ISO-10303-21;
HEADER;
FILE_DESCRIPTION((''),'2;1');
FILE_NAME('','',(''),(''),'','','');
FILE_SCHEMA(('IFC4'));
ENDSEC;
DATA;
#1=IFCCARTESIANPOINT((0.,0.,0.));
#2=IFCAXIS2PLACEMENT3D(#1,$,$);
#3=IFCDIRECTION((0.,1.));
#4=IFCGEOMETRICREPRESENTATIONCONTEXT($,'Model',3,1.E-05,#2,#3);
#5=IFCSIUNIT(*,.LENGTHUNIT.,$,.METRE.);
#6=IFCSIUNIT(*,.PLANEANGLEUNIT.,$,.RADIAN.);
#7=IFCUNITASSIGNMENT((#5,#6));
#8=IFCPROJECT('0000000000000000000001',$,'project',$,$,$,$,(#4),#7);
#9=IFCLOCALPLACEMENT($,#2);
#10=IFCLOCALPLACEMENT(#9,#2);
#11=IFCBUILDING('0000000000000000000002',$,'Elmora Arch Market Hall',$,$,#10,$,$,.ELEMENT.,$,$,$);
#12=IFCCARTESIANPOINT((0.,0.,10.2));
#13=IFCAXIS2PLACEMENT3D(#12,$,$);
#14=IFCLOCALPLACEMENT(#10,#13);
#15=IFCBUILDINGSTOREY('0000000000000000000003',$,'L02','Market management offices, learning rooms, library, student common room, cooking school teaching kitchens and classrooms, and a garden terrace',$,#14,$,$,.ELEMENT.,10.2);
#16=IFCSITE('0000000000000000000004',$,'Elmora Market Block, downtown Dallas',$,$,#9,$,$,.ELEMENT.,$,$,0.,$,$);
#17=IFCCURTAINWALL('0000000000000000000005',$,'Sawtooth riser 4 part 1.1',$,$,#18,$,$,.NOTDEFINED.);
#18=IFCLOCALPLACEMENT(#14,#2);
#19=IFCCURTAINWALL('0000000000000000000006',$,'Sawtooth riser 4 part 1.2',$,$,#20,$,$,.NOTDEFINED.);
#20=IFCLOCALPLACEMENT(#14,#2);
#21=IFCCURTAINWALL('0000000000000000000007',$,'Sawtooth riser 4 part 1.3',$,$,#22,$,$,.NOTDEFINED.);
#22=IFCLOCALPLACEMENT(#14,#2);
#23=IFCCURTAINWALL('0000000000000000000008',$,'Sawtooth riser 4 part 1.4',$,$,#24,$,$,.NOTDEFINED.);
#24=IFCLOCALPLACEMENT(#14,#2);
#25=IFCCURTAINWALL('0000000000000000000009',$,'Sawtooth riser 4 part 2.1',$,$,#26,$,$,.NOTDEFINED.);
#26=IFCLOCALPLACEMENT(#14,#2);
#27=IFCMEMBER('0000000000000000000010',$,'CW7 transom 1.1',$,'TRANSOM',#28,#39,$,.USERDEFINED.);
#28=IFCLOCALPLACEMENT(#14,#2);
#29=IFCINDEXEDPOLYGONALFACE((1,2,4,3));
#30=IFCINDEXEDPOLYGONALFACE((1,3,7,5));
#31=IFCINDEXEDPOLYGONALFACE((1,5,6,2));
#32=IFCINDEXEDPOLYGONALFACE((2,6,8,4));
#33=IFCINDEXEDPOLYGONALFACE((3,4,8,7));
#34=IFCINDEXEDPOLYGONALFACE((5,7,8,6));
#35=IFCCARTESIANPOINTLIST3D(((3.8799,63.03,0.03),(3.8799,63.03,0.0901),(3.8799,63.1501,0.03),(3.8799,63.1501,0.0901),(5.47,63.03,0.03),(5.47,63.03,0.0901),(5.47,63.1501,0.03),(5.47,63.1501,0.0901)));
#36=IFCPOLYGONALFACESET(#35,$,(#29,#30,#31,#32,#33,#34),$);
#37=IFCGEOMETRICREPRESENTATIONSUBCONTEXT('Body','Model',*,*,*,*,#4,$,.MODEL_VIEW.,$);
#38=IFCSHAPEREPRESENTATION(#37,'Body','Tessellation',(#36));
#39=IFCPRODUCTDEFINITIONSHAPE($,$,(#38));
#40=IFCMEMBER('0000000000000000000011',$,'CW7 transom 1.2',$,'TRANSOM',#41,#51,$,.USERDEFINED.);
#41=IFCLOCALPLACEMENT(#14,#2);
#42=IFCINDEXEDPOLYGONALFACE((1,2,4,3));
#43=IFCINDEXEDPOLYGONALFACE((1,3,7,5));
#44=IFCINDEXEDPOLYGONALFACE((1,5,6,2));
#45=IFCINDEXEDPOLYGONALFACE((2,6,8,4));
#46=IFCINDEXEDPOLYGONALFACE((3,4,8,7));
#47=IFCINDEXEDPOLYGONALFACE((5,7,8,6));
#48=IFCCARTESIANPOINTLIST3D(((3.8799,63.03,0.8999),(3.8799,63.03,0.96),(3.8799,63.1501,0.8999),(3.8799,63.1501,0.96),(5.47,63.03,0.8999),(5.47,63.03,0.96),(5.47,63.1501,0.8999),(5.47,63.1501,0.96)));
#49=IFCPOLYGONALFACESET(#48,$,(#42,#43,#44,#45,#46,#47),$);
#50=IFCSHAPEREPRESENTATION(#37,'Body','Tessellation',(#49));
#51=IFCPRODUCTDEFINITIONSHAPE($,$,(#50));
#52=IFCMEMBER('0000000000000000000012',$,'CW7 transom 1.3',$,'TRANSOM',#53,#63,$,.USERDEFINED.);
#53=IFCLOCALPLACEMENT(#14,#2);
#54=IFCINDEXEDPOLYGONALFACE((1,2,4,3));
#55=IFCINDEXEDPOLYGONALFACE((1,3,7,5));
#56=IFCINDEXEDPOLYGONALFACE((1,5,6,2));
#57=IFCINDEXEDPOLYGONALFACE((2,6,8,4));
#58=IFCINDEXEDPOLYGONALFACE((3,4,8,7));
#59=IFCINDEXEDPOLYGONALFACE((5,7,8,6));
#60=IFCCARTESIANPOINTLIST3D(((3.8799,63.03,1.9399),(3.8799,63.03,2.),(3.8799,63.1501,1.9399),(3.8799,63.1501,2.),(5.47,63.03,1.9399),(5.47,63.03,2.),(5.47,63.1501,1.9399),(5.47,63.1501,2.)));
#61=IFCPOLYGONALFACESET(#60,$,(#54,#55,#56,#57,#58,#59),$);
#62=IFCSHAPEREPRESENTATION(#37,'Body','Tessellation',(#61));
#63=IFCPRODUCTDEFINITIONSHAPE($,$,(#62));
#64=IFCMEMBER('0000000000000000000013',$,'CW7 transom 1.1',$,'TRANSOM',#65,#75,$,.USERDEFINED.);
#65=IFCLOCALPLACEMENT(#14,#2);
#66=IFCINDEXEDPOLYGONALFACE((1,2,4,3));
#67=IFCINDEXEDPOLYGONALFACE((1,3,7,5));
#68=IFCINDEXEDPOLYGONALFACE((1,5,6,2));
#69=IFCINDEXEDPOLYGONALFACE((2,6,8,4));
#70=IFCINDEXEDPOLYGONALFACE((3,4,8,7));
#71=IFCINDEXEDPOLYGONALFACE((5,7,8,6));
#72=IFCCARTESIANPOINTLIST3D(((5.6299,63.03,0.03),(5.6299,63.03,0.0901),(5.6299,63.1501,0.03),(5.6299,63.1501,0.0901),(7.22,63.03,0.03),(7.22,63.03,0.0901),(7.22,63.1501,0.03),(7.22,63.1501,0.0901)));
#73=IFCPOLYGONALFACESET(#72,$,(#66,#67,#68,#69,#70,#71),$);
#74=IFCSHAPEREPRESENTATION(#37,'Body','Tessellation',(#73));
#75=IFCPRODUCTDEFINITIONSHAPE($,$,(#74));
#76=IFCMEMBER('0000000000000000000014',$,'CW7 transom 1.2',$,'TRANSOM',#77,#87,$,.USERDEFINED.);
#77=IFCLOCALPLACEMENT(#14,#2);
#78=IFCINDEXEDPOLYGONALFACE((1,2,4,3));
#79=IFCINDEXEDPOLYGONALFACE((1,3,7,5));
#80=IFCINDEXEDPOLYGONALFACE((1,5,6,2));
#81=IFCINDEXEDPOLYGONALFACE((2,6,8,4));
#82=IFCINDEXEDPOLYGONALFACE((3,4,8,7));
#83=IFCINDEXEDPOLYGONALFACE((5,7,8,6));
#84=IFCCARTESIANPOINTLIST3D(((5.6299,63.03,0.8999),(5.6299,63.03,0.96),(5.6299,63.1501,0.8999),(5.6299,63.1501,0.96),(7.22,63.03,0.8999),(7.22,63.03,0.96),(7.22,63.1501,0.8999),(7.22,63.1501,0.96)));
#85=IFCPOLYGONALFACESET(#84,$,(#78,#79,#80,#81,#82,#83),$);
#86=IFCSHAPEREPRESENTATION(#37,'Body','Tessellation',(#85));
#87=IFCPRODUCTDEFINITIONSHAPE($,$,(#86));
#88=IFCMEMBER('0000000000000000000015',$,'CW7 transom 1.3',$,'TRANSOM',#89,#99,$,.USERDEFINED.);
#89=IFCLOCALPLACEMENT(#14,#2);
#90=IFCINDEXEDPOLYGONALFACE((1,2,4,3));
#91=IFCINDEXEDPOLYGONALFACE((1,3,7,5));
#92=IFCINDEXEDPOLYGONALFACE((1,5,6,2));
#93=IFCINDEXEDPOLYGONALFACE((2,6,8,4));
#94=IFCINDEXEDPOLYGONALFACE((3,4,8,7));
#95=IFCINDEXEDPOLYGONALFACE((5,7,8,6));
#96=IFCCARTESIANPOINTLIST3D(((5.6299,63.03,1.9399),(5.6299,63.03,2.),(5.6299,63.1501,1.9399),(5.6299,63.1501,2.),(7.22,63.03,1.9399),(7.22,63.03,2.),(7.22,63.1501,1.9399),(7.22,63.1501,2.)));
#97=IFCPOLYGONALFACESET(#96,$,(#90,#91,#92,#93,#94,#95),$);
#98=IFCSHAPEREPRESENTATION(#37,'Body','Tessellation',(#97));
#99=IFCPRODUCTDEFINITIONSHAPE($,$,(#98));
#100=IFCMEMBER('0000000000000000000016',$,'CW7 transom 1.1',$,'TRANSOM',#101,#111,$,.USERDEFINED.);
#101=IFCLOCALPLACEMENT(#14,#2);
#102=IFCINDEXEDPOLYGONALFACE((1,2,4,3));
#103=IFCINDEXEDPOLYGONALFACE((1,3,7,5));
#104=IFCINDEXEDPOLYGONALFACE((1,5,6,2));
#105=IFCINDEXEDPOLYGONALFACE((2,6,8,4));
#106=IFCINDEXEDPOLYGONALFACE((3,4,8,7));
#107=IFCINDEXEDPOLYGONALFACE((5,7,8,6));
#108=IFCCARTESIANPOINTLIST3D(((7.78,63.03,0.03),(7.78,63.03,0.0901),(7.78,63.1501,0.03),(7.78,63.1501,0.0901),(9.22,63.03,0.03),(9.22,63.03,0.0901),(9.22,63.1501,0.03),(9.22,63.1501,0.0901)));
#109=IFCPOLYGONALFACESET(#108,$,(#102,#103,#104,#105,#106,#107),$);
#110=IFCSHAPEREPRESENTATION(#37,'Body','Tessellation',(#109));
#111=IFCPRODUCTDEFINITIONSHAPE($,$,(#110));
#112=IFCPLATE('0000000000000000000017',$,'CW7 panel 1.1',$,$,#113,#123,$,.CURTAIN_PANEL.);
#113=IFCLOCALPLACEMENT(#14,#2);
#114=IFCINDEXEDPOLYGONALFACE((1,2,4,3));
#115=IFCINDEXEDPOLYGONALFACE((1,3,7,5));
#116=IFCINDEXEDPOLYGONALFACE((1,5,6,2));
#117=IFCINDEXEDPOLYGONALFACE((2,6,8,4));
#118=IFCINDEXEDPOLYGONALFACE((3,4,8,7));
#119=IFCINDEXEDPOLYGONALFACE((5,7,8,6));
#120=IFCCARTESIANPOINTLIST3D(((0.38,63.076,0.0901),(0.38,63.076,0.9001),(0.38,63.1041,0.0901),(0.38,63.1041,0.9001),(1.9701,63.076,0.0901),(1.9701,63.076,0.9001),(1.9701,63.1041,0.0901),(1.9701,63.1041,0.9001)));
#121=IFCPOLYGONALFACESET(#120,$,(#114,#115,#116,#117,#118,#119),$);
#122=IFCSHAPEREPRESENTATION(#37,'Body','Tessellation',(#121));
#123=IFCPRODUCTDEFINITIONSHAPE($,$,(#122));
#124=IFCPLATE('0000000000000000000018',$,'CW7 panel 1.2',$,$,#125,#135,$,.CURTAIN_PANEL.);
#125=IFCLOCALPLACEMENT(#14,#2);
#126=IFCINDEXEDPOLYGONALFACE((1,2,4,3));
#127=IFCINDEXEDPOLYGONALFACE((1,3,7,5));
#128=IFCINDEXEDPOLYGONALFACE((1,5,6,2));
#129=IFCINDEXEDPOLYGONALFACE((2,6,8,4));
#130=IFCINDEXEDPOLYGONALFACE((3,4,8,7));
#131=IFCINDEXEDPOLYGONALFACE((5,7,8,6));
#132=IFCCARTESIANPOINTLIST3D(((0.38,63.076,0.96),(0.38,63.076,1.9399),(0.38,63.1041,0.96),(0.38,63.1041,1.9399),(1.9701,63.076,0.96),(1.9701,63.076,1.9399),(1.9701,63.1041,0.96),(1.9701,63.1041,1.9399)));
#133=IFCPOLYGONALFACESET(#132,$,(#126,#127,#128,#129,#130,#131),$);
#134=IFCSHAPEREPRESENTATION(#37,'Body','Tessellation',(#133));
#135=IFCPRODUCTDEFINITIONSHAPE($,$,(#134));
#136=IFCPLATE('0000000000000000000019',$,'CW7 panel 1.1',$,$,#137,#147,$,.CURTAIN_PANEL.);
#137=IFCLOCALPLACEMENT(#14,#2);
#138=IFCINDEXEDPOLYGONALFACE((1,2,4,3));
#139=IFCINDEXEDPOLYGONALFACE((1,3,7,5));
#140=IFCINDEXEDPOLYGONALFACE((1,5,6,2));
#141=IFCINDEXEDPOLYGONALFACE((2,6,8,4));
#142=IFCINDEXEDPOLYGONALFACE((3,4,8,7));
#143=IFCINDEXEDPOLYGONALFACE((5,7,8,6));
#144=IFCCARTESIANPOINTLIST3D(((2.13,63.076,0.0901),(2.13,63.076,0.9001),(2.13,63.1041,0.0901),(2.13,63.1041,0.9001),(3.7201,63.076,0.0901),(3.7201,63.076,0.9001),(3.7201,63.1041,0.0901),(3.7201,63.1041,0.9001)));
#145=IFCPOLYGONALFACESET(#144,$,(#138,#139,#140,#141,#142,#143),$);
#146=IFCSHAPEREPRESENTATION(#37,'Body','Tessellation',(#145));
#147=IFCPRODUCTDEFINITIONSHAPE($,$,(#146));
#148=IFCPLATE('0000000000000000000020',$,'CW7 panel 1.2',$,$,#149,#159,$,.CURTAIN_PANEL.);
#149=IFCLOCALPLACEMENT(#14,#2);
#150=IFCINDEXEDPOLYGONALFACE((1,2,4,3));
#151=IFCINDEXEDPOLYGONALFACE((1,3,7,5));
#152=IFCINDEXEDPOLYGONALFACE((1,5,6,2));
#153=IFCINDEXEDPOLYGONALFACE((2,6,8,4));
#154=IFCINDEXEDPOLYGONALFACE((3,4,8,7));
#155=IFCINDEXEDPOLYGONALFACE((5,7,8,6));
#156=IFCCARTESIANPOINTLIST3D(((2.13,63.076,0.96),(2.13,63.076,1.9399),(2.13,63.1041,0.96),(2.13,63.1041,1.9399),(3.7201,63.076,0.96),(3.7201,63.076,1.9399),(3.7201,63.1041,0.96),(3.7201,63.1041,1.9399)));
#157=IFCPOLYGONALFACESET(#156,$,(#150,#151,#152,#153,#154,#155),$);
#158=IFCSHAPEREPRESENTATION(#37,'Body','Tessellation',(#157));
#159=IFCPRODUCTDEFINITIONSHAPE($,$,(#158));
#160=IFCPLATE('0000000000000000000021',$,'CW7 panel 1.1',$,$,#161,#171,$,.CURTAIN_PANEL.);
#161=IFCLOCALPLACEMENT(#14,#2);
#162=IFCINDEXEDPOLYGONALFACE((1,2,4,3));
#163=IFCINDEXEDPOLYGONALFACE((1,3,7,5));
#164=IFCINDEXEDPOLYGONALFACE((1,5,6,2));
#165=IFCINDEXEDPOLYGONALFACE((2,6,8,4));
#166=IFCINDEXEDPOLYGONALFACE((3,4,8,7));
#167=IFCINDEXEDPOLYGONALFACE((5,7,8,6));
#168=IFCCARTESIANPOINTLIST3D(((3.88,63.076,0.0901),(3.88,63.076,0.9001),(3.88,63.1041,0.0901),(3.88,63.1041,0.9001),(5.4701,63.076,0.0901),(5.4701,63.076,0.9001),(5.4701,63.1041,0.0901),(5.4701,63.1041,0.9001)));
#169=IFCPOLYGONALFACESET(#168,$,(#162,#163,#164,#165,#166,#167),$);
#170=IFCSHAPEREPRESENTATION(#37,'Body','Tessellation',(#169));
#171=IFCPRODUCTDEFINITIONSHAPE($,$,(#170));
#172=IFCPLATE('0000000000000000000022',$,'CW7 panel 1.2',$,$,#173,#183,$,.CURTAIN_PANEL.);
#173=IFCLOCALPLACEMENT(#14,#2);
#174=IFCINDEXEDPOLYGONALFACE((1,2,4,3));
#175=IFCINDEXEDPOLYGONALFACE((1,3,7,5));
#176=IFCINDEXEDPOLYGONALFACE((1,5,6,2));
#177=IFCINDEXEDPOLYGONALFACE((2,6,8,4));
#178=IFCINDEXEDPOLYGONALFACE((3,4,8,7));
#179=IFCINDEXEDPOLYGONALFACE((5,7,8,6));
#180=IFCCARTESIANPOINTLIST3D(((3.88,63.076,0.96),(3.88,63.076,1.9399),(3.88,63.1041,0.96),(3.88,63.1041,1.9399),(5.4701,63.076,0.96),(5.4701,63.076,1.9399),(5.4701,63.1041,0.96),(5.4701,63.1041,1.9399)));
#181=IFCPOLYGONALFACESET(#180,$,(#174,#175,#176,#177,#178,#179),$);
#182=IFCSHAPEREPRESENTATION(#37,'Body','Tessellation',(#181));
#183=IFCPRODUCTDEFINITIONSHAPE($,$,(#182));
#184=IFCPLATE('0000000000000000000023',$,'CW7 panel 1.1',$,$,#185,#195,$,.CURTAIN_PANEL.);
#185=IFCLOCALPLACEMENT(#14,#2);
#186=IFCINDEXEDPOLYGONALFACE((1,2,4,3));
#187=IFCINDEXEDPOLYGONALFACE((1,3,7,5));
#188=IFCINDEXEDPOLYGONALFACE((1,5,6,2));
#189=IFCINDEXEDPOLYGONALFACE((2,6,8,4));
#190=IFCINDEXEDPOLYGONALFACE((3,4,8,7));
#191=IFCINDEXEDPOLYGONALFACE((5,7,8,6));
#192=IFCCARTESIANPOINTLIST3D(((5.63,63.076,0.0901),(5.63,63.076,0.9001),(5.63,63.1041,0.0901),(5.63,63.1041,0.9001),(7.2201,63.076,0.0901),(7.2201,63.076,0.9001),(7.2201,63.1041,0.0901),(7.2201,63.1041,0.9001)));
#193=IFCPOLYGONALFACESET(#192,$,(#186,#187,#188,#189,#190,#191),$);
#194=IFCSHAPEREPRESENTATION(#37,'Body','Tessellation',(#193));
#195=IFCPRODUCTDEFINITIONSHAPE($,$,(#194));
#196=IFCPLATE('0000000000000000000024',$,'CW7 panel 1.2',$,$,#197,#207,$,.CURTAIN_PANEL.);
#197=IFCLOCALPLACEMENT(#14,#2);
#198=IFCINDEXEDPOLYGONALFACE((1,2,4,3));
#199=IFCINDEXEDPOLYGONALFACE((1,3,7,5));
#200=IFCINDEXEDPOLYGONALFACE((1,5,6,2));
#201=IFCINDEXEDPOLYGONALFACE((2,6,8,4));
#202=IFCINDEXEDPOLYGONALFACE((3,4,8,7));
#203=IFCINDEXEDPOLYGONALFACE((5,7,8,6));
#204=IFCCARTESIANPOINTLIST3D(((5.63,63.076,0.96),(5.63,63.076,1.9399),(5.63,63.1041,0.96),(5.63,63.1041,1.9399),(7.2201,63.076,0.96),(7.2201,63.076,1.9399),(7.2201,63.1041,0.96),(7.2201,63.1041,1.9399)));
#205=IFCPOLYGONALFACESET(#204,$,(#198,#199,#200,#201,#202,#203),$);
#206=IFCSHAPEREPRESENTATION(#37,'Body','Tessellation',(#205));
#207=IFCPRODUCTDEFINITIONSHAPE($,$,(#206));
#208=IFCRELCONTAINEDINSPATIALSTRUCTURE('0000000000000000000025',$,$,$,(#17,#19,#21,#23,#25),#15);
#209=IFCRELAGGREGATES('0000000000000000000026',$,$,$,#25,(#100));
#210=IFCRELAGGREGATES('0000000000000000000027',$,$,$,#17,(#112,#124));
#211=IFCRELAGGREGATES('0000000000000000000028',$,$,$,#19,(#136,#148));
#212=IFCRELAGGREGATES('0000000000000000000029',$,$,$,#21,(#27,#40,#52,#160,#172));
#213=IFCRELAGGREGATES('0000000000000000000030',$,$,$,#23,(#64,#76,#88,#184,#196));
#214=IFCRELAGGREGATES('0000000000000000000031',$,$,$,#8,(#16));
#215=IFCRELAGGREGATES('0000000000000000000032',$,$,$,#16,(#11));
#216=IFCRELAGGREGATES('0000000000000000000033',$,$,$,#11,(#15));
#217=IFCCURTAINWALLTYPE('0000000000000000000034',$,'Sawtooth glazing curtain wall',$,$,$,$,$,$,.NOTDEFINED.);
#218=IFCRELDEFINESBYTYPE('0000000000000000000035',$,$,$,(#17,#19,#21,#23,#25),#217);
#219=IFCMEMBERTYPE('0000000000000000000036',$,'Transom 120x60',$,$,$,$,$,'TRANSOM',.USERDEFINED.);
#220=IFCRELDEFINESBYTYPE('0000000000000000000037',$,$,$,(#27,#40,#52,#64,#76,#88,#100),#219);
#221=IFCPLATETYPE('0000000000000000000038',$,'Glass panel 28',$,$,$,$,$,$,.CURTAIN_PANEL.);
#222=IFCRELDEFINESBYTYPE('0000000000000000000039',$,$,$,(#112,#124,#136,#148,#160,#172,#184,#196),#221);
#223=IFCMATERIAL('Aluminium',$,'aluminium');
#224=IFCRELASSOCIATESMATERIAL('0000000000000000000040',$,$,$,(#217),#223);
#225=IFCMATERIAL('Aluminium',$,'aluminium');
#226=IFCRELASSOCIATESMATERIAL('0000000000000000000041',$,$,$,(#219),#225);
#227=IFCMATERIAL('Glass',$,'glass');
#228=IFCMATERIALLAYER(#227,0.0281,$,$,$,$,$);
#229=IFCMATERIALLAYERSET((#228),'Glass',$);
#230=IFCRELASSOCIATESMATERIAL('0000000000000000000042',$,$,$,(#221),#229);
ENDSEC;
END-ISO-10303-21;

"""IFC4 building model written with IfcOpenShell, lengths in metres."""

from ifc_helpers import new_model, si_unit, direction, frame, origin, origin_2d, place, context, subcontext, project, spatial, rectangle, extrude, material, layer, layer_set, material_profile, profile_set, type_object, element, aggregate, save


model = new_model("IFC4")

# Units and contexts
model_context = context("Model", 3, precision=1e-05, world=origin(), true_north=direction((0.0, 1.0)))
body_context = subcontext(model_context, "Body", "Model", "MODEL_VIEW")
ifc_project = project(units=[si_unit("LENGTHUNIT", "METRE"), si_unit("PLANEANGLEUNIT", "RADIAN")], contexts=[model_context])

# Site, building, storey
site_placement = place(None, origin())
site = spatial("IfcSite", under=ifc_project, at=site_placement, Name="Elmora Market Block, downtown Dallas", CompositionType="ELEMENT", RefElevation=0.0)
building_placement = place(site_placement, origin())
building = spatial("IfcBuilding", under=site, at=building_placement, Name="Elmora Arch Market Hall", CompositionType="ELEMENT")
storey_placement = place(building_placement, frame((0.0, 0.0, 10.2)))
storey = spatial("IfcBuildingStorey", under=building, at=storey_placement, Name="L02", Description="Market management offices, learning rooms, library, student common room, cooking school teaching kitchens and classrooms, and a garden terrace", CompositionType="ELEMENT", Elevation=10.2)

# Curtain wall
ifc_material_1 = material(Name="Aluminium", Category="aluminium")
curtain_wall_type = type_object("IfcCurtainWallType", Name="Sawtooth glazing curtain wall", PredefinedType="NOTDEFINED", material=ifc_material_1)
curtain_wall_1_placement = place(storey_placement, origin())
curtain_wall_1 = element("IfcCurtainWall", 1, at=curtain_wall_1_placement, inside=storey, type_object=curtain_wall_type, Name="Sawtooth riser 4 part 1.1", PredefinedType="NOTDEFINED")

# Curtain walls
curtain_wall_2_placement = place(storey_placement, origin())
curtain_wall_2 = element("IfcCurtainWall", 2, at=curtain_wall_2_placement, inside=storey, type_object=curtain_wall_type, Name="Sawtooth riser 4 part 1.2", PredefinedType="NOTDEFINED")
curtain_wall_3_placement = place(storey_placement, origin())
curtain_wall_3 = element("IfcCurtainWall", 3, at=curtain_wall_3_placement, inside=storey, type_object=curtain_wall_type, Name="Sawtooth riser 4 part 1.3", PredefinedType="NOTDEFINED")
curtain_wall_4_placement = place(storey_placement, origin())
curtain_wall_4 = element("IfcCurtainWall", 4, at=curtain_wall_4_placement, inside=storey, type_object=curtain_wall_type, Name="Sawtooth riser 4 part 1.4", PredefinedType="NOTDEFINED")

# Curtain wall
curtain_wall_5_placement = place(storey_placement, origin())
curtain_wall_5 = element("IfcCurtainWall", 5, at=curtain_wall_5_placement, inside=storey, type_object=curtain_wall_type, Name="Sawtooth riser 4 part 2.1", PredefinedType="NOTDEFINED")

# Members
ifc_material_2 = material(Name="Aluminium", Category="aluminium")
ifc_material_profile_1 = material_profile(ifc_material_2, rectangle(XDim=0.1201, YDim=0.0601, at=origin_2d()), Name="AL 120x60")
ifc_profile_set_1 = profile_set([ifc_material_profile_1], Name="Aluminium")
member_type_1 = type_object("IfcMemberType", Name="Transom 120x60", ElementType="TRANSOM", PredefinedType="USERDEFINED", material=ifc_profile_set_1)
member_1_placement = place(storey_placement, frame((3.8799, 63.0901, 0.0601), z_axis=(1.0, 0.0, 0.0), x_axis=(0.0, 1.0, 0.0)))
member_1 = element("IfcMember", 6, at=member_1_placement, type_object=member_type_1, Name="CW7 transom 1.1", ObjectType="TRANSOM", PredefinedType="USERDEFINED", context=body_context, shape_type="SweptSolid", body=[
    extrude(rectangle(XDim=0.1201, YDim=0.0601, at=origin_2d()), origin(), (0.0, 0.0, 1.0), 1.5901),
])
member_2_placement = place(storey_placement, frame((3.8799, 63.0901, 0.9299), z_axis=(1.0, 0.0, 0.0), x_axis=(0.0, 1.0, 0.0)))
member_2 = element("IfcMember", 7, at=member_2_placement, type_object=member_type_1, Name="CW7 transom 1.2", ObjectType="TRANSOM", PredefinedType="USERDEFINED", context=body_context, shape_type="SweptSolid", body=[
    extrude(rectangle(XDim=0.1201, YDim=0.0601, at=origin_2d()), origin(), (0.0, 0.0, 1.0), 1.5901),
])
member_3_placement = place(storey_placement, frame((3.8799, 63.0901, 1.97), z_axis=(1.0, 0.0, 0.0), x_axis=(0.0, 1.0, 0.0)))
member_3 = element("IfcMember", 8, at=member_3_placement, type_object=member_type_1, Name="CW7 transom 1.3", ObjectType="TRANSOM", PredefinedType="USERDEFINED", context=body_context, shape_type="SweptSolid", body=[
    extrude(rectangle(XDim=0.1201, YDim=0.0601, at=origin_2d()), origin(), (0.0, 0.0, 1.0), 1.5901),
])
member_4_placement = place(storey_placement, frame((5.6299, 63.0901, 0.0601), z_axis=(1.0, 0.0, 0.0), x_axis=(0.0, 1.0, 0.0)))
member_4 = element("IfcMember", 9, at=member_4_placement, type_object=member_type_1, Name="CW7 transom 1.1", ObjectType="TRANSOM", PredefinedType="USERDEFINED", context=body_context, shape_type="SweptSolid", body=[
    extrude(rectangle(XDim=0.1201, YDim=0.0601, at=origin_2d()), origin(), (0.0, 0.0, 1.0), 1.5901),
])
member_5_placement = place(storey_placement, frame((5.6299, 63.0901, 0.9299), z_axis=(1.0, 0.0, 0.0), x_axis=(0.0, 1.0, 0.0)))
member_5 = element("IfcMember", 10, at=member_5_placement, type_object=member_type_1, Name="CW7 transom 1.2", ObjectType="TRANSOM", PredefinedType="USERDEFINED", context=body_context, shape_type="SweptSolid", body=[
    extrude(rectangle(XDim=0.1201, YDim=0.0601, at=origin_2d()), origin(), (0.0, 0.0, 1.0), 1.5901),
])
member_6_placement = place(storey_placement, frame((5.6299, 63.0901, 1.97), z_axis=(1.0, 0.0, 0.0), x_axis=(0.0, 1.0, 0.0)))
member_6 = element("IfcMember", 11, at=member_6_placement, type_object=member_type_1, Name="CW7 transom 1.3", ObjectType="TRANSOM", PredefinedType="USERDEFINED", context=body_context, shape_type="SweptSolid", body=[
    extrude(rectangle(XDim=0.1201, YDim=0.0601, at=origin_2d()), origin(), (0.0, 0.0, 1.0), 1.5901),
])
member_7_placement = place(storey_placement, frame((7.78, 63.0901, 0.0601), z_axis=(1.0, 0.0, 0.0), x_axis=(0.0, 1.0, 0.0)))
member_7 = element("IfcMember", 12, at=member_7_placement, type_object=member_type_1, Name="CW7 transom 1.1", ObjectType="TRANSOM", PredefinedType="USERDEFINED", context=body_context, shape_type="SweptSolid", body=[
    extrude(rectangle(XDim=0.1201, YDim=0.0601, at=origin_2d()), origin(), (0.0, 0.0, 1.0), 1.4399),
])
aggregate(curtain_wall_5, [member_7])

# Plates
ifc_material_3 = material(Name="Glass", Category="glass")
ifc_layer_1 = layer(ifc_material_3, 0.0281)
ifc_layer_set_1 = layer_set([ifc_layer_1], Name="Glass")
plate_type = type_object("IfcPlateType", Name="Glass panel 28", PredefinedType="CURTAIN_PANEL", material=ifc_layer_set_1)
plate_1_placement = place(storey_placement, frame((1.175, 63.0901, 0.0901), z_axis=(0.0, 0.0, 1.0), x_axis=(1.0, 0.0, 0.0)))
plate_1 = element("IfcPlate", 13, at=plate_1_placement, type_object=plate_type, Name="CW7 panel 1.1", PredefinedType="CURTAIN_PANEL", context=body_context, shape_type="SweptSolid", body=[
    extrude(rectangle(XDim=1.5901, YDim=0.0281, at=origin_2d()), origin(), (0.0, 0.0, 1.0), 0.8101),
])
plate_2_placement = place(storey_placement, frame((1.175, 63.0901, 0.96), z_axis=(0.0, 0.0, 1.0), x_axis=(1.0, 0.0, 0.0)))
plate_2 = element("IfcPlate", 14, at=plate_2_placement, type_object=plate_type, Name="CW7 panel 1.2", PredefinedType="CURTAIN_PANEL", context=body_context, shape_type="SweptSolid", body=[
    extrude(rectangle(XDim=1.5901, YDim=0.0281, at=origin_2d()), origin(), (0.0, 0.0, 1.0), 0.98),
])
aggregate(curtain_wall_1, [plate_1, plate_2])
plate_3_placement = place(storey_placement, frame((2.925, 63.0901, 0.0901), z_axis=(0.0, 0.0, 1.0), x_axis=(1.0, 0.0, 0.0)))
plate_3 = element("IfcPlate", 15, at=plate_3_placement, type_object=plate_type, Name="CW7 panel 1.1", PredefinedType="CURTAIN_PANEL", context=body_context, shape_type="SweptSolid", body=[
    extrude(rectangle(XDim=1.5901, YDim=0.0281, at=origin_2d()), origin(), (0.0, 0.0, 1.0), 0.8101),
])
plate_4_placement = place(storey_placement, frame((2.925, 63.0901, 0.96), z_axis=(0.0, 0.0, 1.0), x_axis=(1.0, 0.0, 0.0)))
plate_4 = element("IfcPlate", 16, at=plate_4_placement, type_object=plate_type, Name="CW7 panel 1.2", PredefinedType="CURTAIN_PANEL", context=body_context, shape_type="SweptSolid", body=[
    extrude(rectangle(XDim=1.5901, YDim=0.0281, at=origin_2d()), origin(), (0.0, 0.0, 1.0), 0.98),
])
aggregate(curtain_wall_2, [plate_3, plate_4])
plate_5_placement = place(storey_placement, frame((4.675, 63.0901, 0.0901), z_axis=(0.0, 0.0, 1.0), x_axis=(1.0, 0.0, 0.0)))
plate_5 = element("IfcPlate", 17, at=plate_5_placement, type_object=plate_type, Name="CW7 panel 1.1", PredefinedType="CURTAIN_PANEL", context=body_context, shape_type="SweptSolid", body=[
    extrude(rectangle(XDim=1.5901, YDim=0.0281, at=origin_2d()), origin(), (0.0, 0.0, 1.0), 0.8101),
])
plate_6_placement = place(storey_placement, frame((4.675, 63.0901, 0.96), z_axis=(0.0, 0.0, 1.0), x_axis=(1.0, 0.0, 0.0)))
plate_6 = element("IfcPlate", 18, at=plate_6_placement, type_object=plate_type, Name="CW7 panel 1.2", PredefinedType="CURTAIN_PANEL", context=body_context, shape_type="SweptSolid", body=[
    extrude(rectangle(XDim=1.5901, YDim=0.0281, at=origin_2d()), origin(), (0.0, 0.0, 1.0), 0.98),
])
aggregate(curtain_wall_3, [member_1, member_2, member_3, plate_5, plate_6])
plate_7_placement = place(storey_placement, frame((6.425, 63.0901, 0.0901), z_axis=(0.0, 0.0, 1.0), x_axis=(1.0, 0.0, 0.0)))
plate_7 = element("IfcPlate", 19, at=plate_7_placement, type_object=plate_type, Name="CW7 panel 1.1", PredefinedType="CURTAIN_PANEL", context=body_context, shape_type="SweptSolid", body=[
    extrude(rectangle(XDim=1.5901, YDim=0.0281, at=origin_2d()), origin(), (0.0, 0.0, 1.0), 0.8101),
])
plate_8_placement = place(storey_placement, frame((6.425, 63.0901, 0.96), z_axis=(0.0, 0.0, 1.0), x_axis=(1.0, 0.0, 0.0)))
plate_8 = element("IfcPlate", 20, at=plate_8_placement, type_object=plate_type, Name="CW7 panel 1.2", PredefinedType="CURTAIN_PANEL", context=body_context, shape_type="SweptSolid", body=[
    extrude(rectangle(XDim=1.5901, YDim=0.0281, at=origin_2d()), origin(), (0.0, 0.0, 1.0), 0.98),
])
aggregate(curtain_wall_4, [member_4, member_5, member_6, plate_7, plate_8])

save(model, "model.ifc")
